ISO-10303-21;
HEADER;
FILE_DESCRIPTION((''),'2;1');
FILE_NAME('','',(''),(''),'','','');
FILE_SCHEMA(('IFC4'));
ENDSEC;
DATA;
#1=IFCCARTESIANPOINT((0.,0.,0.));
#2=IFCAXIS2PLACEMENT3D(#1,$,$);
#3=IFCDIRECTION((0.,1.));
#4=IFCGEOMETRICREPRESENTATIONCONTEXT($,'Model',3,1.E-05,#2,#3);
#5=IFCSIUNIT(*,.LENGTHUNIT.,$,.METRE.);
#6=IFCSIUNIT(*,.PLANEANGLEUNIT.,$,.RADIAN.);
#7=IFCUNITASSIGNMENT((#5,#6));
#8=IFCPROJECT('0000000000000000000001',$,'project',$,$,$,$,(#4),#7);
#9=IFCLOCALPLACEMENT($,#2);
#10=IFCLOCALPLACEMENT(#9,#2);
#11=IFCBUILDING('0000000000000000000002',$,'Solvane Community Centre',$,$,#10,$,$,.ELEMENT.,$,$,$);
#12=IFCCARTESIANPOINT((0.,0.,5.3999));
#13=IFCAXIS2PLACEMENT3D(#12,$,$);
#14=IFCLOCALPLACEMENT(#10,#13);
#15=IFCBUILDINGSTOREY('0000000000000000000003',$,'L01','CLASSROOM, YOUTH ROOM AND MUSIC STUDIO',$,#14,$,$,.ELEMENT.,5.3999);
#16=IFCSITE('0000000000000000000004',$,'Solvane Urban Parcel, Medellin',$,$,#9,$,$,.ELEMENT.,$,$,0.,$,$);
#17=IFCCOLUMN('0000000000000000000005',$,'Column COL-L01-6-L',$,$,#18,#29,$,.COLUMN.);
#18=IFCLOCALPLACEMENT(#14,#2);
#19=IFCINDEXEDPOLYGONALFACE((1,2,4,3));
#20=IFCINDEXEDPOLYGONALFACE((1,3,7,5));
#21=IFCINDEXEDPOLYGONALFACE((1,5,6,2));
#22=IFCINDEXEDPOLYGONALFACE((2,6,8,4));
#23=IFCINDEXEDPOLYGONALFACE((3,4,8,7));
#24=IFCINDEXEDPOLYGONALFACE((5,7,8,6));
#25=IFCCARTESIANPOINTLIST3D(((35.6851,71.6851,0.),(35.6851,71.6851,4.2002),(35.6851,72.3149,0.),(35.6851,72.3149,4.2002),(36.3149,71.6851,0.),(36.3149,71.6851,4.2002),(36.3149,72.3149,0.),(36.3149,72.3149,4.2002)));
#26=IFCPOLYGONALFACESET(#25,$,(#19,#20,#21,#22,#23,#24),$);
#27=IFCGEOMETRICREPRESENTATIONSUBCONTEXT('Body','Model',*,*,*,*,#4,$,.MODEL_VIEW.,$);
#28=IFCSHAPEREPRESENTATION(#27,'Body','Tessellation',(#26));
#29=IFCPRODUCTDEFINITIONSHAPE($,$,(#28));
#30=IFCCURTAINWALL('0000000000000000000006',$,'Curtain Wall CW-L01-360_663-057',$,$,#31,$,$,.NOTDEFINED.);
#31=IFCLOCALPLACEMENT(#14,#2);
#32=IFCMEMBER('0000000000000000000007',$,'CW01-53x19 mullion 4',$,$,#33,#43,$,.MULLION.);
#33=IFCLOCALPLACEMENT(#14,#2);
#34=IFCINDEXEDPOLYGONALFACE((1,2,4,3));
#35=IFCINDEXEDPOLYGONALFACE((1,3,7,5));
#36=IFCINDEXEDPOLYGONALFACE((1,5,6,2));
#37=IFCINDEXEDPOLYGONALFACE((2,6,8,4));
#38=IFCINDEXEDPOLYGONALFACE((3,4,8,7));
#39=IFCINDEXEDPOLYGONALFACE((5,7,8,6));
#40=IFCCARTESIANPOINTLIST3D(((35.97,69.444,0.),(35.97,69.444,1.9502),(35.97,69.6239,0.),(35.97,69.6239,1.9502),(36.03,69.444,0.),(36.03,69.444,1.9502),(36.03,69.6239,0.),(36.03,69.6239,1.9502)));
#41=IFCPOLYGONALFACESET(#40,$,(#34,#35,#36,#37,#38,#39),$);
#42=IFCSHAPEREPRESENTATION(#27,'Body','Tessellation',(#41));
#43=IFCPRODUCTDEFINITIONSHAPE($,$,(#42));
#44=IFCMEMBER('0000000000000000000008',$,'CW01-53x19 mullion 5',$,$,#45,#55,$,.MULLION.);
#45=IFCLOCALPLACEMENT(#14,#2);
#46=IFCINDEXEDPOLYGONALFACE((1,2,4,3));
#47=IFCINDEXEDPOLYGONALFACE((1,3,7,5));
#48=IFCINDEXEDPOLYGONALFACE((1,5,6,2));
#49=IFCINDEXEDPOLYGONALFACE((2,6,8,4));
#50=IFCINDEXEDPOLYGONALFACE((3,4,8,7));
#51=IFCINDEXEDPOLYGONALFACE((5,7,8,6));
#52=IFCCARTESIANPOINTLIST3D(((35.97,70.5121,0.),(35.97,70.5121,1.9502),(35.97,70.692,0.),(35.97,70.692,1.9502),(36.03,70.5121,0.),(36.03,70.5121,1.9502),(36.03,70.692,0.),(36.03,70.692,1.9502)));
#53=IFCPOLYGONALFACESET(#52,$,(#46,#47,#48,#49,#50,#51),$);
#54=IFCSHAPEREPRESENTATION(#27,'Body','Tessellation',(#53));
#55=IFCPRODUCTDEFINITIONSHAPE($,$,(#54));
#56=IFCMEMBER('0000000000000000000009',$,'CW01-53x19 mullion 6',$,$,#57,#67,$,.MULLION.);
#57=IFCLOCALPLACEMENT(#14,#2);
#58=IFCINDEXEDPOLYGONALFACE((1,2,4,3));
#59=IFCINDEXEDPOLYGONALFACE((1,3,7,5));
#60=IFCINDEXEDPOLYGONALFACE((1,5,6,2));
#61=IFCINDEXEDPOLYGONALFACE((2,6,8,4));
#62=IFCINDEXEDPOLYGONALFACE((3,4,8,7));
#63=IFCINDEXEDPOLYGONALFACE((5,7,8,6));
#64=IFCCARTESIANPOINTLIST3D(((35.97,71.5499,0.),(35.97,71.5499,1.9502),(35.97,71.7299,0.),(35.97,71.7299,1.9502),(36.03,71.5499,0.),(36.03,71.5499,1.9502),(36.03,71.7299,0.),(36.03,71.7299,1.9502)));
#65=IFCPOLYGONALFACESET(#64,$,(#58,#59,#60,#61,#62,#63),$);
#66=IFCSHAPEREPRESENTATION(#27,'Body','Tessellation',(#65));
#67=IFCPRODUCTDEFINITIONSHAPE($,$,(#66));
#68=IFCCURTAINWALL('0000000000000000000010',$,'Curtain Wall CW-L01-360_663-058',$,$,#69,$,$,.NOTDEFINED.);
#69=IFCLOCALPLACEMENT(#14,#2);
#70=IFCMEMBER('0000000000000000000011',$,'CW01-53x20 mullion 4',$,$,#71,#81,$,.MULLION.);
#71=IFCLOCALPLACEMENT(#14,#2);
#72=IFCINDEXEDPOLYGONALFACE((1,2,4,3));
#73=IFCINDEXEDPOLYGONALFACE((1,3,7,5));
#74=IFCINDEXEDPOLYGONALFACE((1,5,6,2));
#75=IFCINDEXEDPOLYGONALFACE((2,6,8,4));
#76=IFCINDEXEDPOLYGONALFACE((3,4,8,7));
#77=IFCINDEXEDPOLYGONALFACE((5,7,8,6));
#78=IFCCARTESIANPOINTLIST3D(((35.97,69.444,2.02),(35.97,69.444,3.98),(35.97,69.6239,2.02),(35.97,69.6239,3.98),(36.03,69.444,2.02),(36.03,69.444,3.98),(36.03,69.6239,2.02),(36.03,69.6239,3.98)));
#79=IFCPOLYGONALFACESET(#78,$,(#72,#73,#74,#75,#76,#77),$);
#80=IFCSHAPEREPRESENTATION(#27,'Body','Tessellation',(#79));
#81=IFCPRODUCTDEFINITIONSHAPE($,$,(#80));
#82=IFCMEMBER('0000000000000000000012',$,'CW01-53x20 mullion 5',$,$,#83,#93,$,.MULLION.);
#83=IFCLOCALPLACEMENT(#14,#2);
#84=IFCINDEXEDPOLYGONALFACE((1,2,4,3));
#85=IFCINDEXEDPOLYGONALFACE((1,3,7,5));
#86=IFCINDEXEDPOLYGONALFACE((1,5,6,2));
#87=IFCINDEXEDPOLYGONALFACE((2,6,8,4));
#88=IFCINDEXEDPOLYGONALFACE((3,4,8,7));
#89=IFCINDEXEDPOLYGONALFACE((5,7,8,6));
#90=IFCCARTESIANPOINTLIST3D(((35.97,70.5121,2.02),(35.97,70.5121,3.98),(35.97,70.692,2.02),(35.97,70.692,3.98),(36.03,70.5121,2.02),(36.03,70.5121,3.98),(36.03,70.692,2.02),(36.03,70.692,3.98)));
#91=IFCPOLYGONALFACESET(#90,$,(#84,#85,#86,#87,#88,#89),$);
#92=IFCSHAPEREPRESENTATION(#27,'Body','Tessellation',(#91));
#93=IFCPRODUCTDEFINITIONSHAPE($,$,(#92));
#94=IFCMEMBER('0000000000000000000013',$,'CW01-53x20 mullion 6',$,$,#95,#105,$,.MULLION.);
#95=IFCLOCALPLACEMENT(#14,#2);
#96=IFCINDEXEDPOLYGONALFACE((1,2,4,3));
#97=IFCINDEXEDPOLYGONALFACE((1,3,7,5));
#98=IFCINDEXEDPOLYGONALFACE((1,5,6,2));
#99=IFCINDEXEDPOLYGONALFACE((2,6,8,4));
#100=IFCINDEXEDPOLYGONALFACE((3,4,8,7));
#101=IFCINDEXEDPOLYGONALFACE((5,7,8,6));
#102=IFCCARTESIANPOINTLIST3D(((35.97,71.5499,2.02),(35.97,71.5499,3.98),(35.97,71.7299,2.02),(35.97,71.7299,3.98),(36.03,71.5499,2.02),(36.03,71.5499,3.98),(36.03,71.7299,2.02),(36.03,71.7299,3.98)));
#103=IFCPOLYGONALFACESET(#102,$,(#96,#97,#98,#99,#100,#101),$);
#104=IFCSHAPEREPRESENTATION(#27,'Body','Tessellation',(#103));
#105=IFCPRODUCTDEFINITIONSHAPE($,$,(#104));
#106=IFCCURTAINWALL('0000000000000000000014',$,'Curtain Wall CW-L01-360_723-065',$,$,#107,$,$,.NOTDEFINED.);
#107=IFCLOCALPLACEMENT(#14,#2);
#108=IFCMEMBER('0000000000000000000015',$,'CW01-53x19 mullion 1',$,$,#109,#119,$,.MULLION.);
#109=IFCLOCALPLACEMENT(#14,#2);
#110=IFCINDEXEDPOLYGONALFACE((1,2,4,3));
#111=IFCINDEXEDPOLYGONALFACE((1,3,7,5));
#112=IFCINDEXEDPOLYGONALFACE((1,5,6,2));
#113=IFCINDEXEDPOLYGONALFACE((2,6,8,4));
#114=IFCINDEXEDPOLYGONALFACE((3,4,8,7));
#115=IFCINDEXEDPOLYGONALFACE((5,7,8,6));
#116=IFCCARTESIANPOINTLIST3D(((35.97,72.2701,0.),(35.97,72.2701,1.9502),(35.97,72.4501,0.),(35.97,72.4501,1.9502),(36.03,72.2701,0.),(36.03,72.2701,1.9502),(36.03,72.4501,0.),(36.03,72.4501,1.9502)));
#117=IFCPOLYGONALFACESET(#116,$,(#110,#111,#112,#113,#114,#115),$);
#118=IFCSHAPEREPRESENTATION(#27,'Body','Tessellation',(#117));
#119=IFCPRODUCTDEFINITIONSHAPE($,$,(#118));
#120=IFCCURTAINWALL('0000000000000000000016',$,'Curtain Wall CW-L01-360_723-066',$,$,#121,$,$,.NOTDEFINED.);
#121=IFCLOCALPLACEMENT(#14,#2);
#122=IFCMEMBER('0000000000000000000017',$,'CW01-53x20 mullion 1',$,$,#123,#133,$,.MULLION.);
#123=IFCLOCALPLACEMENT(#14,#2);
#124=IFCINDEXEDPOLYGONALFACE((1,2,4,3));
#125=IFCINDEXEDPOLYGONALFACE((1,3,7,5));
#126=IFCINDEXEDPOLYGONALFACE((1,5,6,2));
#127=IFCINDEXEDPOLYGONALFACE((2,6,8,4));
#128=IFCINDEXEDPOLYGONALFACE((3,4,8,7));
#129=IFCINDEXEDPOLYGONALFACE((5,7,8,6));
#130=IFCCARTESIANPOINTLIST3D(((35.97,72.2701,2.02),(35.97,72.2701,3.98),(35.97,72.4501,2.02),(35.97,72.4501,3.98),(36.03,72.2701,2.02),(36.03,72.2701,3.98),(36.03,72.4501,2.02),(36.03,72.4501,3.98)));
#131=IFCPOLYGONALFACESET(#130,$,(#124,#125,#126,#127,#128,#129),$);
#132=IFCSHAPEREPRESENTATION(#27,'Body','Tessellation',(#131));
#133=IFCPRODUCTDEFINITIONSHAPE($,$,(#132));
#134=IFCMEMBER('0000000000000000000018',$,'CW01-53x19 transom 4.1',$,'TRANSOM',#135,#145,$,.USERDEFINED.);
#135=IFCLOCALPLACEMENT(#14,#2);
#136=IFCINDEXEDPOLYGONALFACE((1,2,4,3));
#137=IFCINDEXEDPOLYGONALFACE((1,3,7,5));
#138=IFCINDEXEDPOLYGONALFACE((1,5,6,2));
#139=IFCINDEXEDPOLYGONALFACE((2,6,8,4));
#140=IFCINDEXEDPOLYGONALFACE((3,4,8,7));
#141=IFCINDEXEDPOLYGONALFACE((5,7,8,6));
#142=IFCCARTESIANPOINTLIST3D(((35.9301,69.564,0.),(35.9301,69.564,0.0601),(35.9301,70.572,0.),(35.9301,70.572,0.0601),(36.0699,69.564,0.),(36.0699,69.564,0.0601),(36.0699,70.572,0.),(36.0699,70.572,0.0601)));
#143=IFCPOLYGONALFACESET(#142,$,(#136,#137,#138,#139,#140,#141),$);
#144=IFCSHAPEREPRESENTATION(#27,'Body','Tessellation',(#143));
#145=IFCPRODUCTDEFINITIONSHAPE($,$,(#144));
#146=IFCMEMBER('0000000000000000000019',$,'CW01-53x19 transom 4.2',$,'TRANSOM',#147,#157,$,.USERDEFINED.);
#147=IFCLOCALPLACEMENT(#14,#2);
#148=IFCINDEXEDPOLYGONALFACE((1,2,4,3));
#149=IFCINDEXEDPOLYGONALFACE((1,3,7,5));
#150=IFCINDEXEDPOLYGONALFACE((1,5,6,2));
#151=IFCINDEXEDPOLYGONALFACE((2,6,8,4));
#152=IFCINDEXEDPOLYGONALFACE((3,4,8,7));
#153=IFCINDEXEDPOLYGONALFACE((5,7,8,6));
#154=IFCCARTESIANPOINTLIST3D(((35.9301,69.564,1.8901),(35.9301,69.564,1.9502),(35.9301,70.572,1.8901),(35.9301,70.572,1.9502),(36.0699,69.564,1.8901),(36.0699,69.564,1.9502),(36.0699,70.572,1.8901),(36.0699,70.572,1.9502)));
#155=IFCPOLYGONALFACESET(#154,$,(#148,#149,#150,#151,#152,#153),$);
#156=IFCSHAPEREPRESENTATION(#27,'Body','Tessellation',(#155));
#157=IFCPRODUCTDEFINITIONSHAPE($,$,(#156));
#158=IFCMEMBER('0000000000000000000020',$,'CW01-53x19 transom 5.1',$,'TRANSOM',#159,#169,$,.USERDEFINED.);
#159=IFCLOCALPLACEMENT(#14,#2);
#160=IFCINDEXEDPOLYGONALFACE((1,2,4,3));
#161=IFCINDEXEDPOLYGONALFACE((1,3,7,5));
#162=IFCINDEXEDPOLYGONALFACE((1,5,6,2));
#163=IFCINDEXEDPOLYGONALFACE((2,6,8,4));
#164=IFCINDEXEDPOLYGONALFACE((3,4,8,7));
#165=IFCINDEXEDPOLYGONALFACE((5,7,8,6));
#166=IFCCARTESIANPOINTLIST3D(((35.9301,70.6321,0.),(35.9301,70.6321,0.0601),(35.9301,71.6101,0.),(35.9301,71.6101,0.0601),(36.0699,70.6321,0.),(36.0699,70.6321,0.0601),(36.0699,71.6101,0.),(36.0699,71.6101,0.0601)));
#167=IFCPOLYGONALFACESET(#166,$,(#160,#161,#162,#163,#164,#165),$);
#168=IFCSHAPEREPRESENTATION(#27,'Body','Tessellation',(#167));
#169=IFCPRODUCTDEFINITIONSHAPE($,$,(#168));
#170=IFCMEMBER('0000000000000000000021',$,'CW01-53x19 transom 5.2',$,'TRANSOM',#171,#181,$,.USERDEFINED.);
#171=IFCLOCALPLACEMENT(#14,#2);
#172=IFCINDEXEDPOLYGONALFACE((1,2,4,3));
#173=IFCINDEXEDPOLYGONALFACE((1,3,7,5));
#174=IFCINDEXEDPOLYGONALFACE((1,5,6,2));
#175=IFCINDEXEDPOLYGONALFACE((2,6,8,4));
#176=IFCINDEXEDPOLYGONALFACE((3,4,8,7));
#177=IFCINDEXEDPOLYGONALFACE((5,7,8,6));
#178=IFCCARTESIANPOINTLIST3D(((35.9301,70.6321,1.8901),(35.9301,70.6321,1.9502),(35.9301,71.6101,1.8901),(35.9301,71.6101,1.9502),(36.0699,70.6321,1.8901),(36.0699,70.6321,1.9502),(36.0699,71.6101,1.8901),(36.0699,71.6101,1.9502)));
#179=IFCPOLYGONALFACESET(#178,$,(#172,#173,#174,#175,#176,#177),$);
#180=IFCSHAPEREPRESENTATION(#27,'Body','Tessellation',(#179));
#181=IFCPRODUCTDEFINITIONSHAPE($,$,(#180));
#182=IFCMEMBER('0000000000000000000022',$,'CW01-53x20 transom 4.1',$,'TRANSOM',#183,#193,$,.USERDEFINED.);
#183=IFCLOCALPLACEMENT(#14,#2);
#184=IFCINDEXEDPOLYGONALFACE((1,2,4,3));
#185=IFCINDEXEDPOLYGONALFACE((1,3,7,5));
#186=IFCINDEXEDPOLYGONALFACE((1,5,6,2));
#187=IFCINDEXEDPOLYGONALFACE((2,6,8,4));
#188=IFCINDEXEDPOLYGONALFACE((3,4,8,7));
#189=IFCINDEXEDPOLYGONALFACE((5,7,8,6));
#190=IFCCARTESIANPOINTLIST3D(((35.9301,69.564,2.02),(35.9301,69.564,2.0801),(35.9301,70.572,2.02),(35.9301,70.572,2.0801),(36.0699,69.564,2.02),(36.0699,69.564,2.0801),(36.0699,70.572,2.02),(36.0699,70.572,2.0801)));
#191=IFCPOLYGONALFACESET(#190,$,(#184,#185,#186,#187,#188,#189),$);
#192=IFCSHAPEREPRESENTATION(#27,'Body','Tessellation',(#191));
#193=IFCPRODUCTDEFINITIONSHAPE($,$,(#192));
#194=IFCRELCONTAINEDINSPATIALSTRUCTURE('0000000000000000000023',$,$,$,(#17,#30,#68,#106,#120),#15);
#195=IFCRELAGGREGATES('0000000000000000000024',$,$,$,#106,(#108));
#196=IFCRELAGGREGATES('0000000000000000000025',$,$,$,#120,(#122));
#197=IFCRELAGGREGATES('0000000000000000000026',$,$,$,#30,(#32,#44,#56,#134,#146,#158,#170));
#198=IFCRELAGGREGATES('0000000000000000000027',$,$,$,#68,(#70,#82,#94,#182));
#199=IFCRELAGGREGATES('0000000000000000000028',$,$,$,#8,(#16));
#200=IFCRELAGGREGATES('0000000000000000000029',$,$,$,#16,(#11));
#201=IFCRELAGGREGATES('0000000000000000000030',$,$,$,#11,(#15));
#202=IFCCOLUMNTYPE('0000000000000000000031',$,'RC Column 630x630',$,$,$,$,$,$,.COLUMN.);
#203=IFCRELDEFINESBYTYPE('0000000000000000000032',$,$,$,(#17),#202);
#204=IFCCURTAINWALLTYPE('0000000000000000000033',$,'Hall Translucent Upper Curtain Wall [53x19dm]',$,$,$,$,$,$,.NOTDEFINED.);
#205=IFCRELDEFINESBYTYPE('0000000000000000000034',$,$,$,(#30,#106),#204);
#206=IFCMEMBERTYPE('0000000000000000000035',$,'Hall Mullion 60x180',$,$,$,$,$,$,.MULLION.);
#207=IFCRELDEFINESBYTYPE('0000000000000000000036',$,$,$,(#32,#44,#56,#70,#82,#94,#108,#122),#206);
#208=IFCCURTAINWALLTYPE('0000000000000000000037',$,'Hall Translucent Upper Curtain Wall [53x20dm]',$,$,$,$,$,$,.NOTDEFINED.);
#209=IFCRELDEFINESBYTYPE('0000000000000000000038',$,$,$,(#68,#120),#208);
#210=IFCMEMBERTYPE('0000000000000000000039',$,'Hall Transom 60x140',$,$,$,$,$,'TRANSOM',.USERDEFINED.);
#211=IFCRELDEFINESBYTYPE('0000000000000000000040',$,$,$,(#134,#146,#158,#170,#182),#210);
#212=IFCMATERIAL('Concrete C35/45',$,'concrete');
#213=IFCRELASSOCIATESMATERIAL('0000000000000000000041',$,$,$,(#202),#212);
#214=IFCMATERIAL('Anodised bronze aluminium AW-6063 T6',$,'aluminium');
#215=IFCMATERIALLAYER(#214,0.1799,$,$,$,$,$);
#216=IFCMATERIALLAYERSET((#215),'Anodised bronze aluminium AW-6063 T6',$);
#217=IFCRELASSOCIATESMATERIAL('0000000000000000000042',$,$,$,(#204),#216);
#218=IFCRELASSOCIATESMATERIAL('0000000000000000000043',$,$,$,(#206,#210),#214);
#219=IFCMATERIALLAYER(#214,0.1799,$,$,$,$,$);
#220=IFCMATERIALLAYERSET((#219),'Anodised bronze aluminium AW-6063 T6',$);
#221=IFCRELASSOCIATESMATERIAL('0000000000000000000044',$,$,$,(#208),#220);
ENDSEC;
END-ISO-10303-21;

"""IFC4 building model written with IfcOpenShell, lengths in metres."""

from ifc_helpers import new_model, si_unit, direction, frame, origin, origin_2d, place, context, subcontext, project, spatial, rectangle, extrude, material, layer, layer_set, material_profile, profile_set, type_object, element, aggregate, save


model = new_model("IFC4")

# Units and contexts
model_context = context("Model", 3, precision=1e-05, world=origin(), true_north=direction((0.0, 1.0)))
body_context = subcontext(model_context, "Body", "Model", "MODEL_VIEW")
ifc_project = project(units=[si_unit("LENGTHUNIT", "METRE"), si_unit("PLANEANGLEUNIT", "RADIAN")], contexts=[model_context])

# Site, building, storey
site_placement = place(None, origin())
site = spatial("IfcSite", under=ifc_project, at=site_placement, Name="Solvane Urban Parcel, Medellin", CompositionType="ELEMENT", RefElevation=0.0)
building_placement = place(site_placement, origin())
building = spatial("IfcBuilding", under=site, at=building_placement, Name="Solvane Community Centre", CompositionType="ELEMENT")
storey_placement = place(building_placement, frame((0.0, 0.0, 5.3999)))
storey = spatial("IfcBuildingStorey", under=building, at=storey_placement, Name="L01", Description="CLASSROOM, YOUTH ROOM AND MUSIC STUDIO", CompositionType="ELEMENT", Elevation=5.3999)

# Column
ifc_material_1 = material(Name="Concrete C35/45", Category="concrete")
ifc_material_profile_1 = material_profile(ifc_material_1, rectangle(XDim=0.6299, YDim=0.6299, at=origin_2d()), Name="RC 630x630")
ifc_profile_set_1 = profile_set([ifc_material_profile_1], Name="Concrete C35/45")
column_type = type_object("IfcColumnType", Name="RC Column 630x630", PredefinedType="COLUMN", material=ifc_profile_set_1)
column_placement = place(storey_placement, frame((36.0, 72.0, 0.0), z_axis=(0.0, 0.0, 1.0), x_axis=(1.0, 0.0, 0.0)))
element("IfcColumn", 1, at=column_placement, inside=storey, type_object=column_type, Name="Column COL-L01-6-L", PredefinedType="COLUMN", context=body_context, shape_type="SweptSolid", body=[
    extrude(rectangle(XDim=0.6299, YDim=0.6299, at=origin_2d()), origin(), (0.0, 0.0, 1.0), 4.2002),
])

# Curtain walls, members
ifc_material_2 = material(Name="Anodised bronze aluminium AW-6063 T6", Category="aluminium")
ifc_layer_1 = layer(ifc_material_2, 0.1799)
ifc_layer_set_1 = layer_set([ifc_layer_1], Name="Anodised bronze aluminium AW-6063 T6")
curtain_wall_type_1 = type_object("IfcCurtainWallType", Name="Hall Translucent Upper Curtain Wall [53x19dm]", PredefinedType="NOTDEFINED", material=ifc_layer_set_1)
curtain_wall_1_placement = place(storey_placement, origin())
curtain_wall_1 = element("IfcCurtainWall", 2, at=curtain_wall_1_placement, inside=storey, type_object=curtain_wall_type_1, Name="Curtain Wall CW-L01-360_663-057", PredefinedType="NOTDEFINED")
ifc_material_profile_2 = material_profile(ifc_material_2, rectangle(XDim=0.0601, YDim=0.1799, at=origin_2d()), Name="CW-M 60x180")
ifc_profile_set_2 = profile_set([ifc_material_profile_2], Name="Anodised bronze aluminium AW-6063 T6")
member_type_1 = type_object("IfcMemberType", Name="Hall Mullion 60x180", PredefinedType="MULLION", material=ifc_profile_set_2)
member_1_placement = place(storey_placement, frame((36.0, 69.5339, 0.0), z_axis=(0.0, 0.0, 1.0), x_axis=(-1.0, 0.0, 0.0)))
member_1 = element("IfcMember", 3, at=member_1_placement, type_object=member_type_1, Name="CW01-53x19 mullion 4", PredefinedType="MULLION", context=body_context, shape_type="SweptSolid", body=[
    extrude(rectangle(XDim=0.0601, YDim=0.1799, at=origin_2d()), origin(), (0.0, 0.0, 1.0), 1.9502),
])
member_2_placement = place(storey_placement, frame((36.0, 70.6021, 0.0), z_axis=(0.0, 0.0, 1.0), x_axis=(-1.0, 0.0, 0.0)))
member_2 = element("IfcMember", 4, at=member_2_placement, type_object=member_type_1, Name="CW01-53x19 mullion 5", PredefinedType="MULLION", context=body_context, shape_type="SweptSolid", body=[
    extrude(rectangle(XDim=0.0601, YDim=0.1799, at=origin_2d()), origin(), (0.0, 0.0, 1.0), 1.9502),
])
member_3_placement = place(storey_placement, frame((36.0, 71.6399, 0.0), z_axis=(0.0, 0.0, 1.0), x_axis=(-1.0, 0.0, 0.0)))
member_3 = element("IfcMember", 5, at=member_3_placement, type_object=member_type_1, Name="CW01-53x19 mullion 6", PredefinedType="MULLION", context=body_context, shape_type="SweptSolid", body=[
    extrude(rectangle(XDim=0.0601, YDim=0.1799, at=origin_2d()), origin(), (0.0, 0.0, 1.0), 1.9502),
])
ifc_layer_2 = layer(ifc_material_2, 0.1799)
ifc_layer_set_2 = layer_set([ifc_layer_2], Name="Anodised bronze aluminium AW-6063 T6")
curtain_wall_type_2 = type_object("IfcCurtainWallType", Name="Hall Translucent Upper Curtain Wall [53x20dm]", PredefinedType="NOTDEFINED", material=ifc_layer_set_2)
curtain_wall_2_placement = place(storey_placement, origin())
curtain_wall_2 = element("IfcCurtainWall", 6, at=curtain_wall_2_placement, inside=storey, type_object=curtain_wall_type_2, Name="Curtain Wall CW-L01-360_663-058", PredefinedType="NOTDEFINED")
member_4_placement = place(storey_placement, frame((36.0, 69.5339, 2.02), z_axis=(0.0, 0.0, 1.0), x_axis=(-1.0, 0.0, 0.0)))
member_4 = element("IfcMember", 7, at=member_4_placement, type_object=member_type_1, Name="CW01-53x20 mullion 4", PredefinedType="MULLION", context=body_context, shape_type="SweptSolid", body=[
    extrude(rectangle(XDim=0.0601, YDim=0.1799, at=origin_2d()), origin(), (0.0, 0.0, 1.0), 1.96),
])
member_5_placement = place(storey_placement, frame((36.0, 70.6021, 2.02), z_axis=(0.0, 0.0, 1.0), x_axis=(-1.0, 0.0, 0.0)))
member_5 = element("IfcMember", 8, at=member_5_placement, type_object=member_type_1, Name="CW01-53x20 mullion 5", PredefinedType="MULLION", context=body_context, shape_type="SweptSolid", body=[
    extrude(rectangle(XDim=0.0601, YDim=0.1799, at=origin_2d()), origin(), (0.0, 0.0, 1.0), 1.96),
])
member_6_placement = place(storey_placement, frame((36.0, 71.6399, 2.02), z_axis=(0.0, 0.0, 1.0), x_axis=(-1.0, 0.0, 0.0)))
member_6 = element("IfcMember", 9, at=member_6_placement, type_object=member_type_1, Name="CW01-53x20 mullion 6", PredefinedType="MULLION", context=body_context, shape_type="SweptSolid", body=[
    extrude(rectangle(XDim=0.0601, YDim=0.1799, at=origin_2d()), origin(), (0.0, 0.0, 1.0), 1.96),
])

# Curtain walls, members
curtain_wall_3_placement = place(storey_placement, origin())
curtain_wall_3 = element("IfcCurtainWall", 10, at=curtain_wall_3_placement, inside=storey, type_object=curtain_wall_type_1, Name="Curtain Wall CW-L01-360_723-065", PredefinedType="NOTDEFINED")
member_7_placement = place(storey_placement, frame((36.0, 72.3601, 0.0), z_axis=(0.0, 0.0, 1.0), x_axis=(-1.0, 0.0, 0.0)))
member_7 = element("IfcMember", 11, at=member_7_placement, type_object=member_type_1, Name="CW01-53x19 mullion 1", PredefinedType="MULLION", context=body_context, shape_type="SweptSolid", body=[
    extrude(rectangle(XDim=0.0601, YDim=0.1799, at=origin_2d()), origin(), (0.0, 0.0, 1.0), 1.9502),
])
curtain_wall_4_placement = place(storey_placement, origin())
curtain_wall_4 = element("IfcCurtainWall", 12, at=curtain_wall_4_placement, inside=storey, type_object=curtain_wall_type_2, Name="Curtain Wall CW-L01-360_723-066", PredefinedType="NOTDEFINED")
member_8_placement = place(storey_placement, frame((36.0, 72.3601, 2.02), z_axis=(0.0, 0.0, 1.0), x_axis=(-1.0, 0.0, 0.0)))
member_8 = element("IfcMember", 13, at=member_8_placement, type_object=member_type_1, Name="CW01-53x20 mullion 1", PredefinedType="MULLION", context=body_context, shape_type="SweptSolid", body=[
    extrude(rectangle(XDim=0.0601, YDim=0.1799, at=origin_2d()), origin(), (0.0, 0.0, 1.0), 1.96),
])

# Members
ifc_material_profile_3 = material_profile(ifc_material_2, rectangle(XDim=0.1399, YDim=0.0601, at=origin_2d()), Name="CW-T 60x140")
ifc_profile_set_3 = profile_set([ifc_material_profile_3], Name="Anodised bronze aluminium AW-6063 T6")
member_type_2 = type_object("IfcMemberType", Name="Hall Transom 60x140", ElementType="TRANSOM", PredefinedType="USERDEFINED", material=ifc_profile_set_3)
member_9_placement = place(storey_placement, frame((36.0, 69.564, 0.03), z_axis=(0.0, 1.0, 0.0), x_axis=(-1.0, 0.0, 0.0)))
member_9 = element("IfcMember", 14, at=member_9_placement, type_object=member_type_2, Name="CW01-53x19 transom 4.1", ObjectType="TRANSOM", PredefinedType="USERDEFINED", context=body_context, shape_type="SweptSolid", body=[
    extrude(rectangle(XDim=0.1399, YDim=0.0601, at=origin_2d()), origin(), (0.0, 0.0, 1.0), 1.0081),
])
member_10_placement = place(storey_placement, frame((36.0, 69.564, 1.9202), z_axis=(0.0, 1.0, 0.0), x_axis=(-1.0, 0.0, 0.0)))
member_10 = element("IfcMember", 15, at=member_10_placement, type_object=member_type_2, Name="CW01-53x19 transom 4.2", ObjectType="TRANSOM", PredefinedType="USERDEFINED", context=body_context, shape_type="SweptSolid", body=[
    extrude(rectangle(XDim=0.1399, YDim=0.0601, at=origin_2d()), origin(), (0.0, 0.0, 1.0), 1.0081),
])
member_11_placement = place(storey_placement, frame((36.0, 70.6321, 0.03), z_axis=(0.0, 1.0, 0.0), x_axis=(-1.0, 0.0, 0.0)))
member_11 = element("IfcMember", 16, at=member_11_placement, type_object=member_type_2, Name="CW01-53x19 transom 5.1", ObjectType="TRANSOM", PredefinedType="USERDEFINED", context=body_context, shape_type="SweptSolid", body=[
    extrude(rectangle(XDim=0.1399, YDim=0.0601, at=origin_2d()), origin(), (0.0, 0.0, 1.0), 0.978),
])
member_12_placement = place(storey_placement, frame((36.0, 70.6321, 1.9202), z_axis=(0.0, 1.0, 0.0), x_axis=(-1.0, 0.0, 0.0)))
member_12 = element("IfcMember", 17, at=member_12_placement, type_object=member_type_2, Name="CW01-53x19 transom 5.2", ObjectType="TRANSOM", PredefinedType="USERDEFINED", context=body_context, shape_type="SweptSolid", body=[
    extrude(rectangle(XDim=0.1399, YDim=0.0601, at=origin_2d()), origin(), (0.0, 0.0, 1.0), 0.978),
])
member_13_placement = place(storey_placement, frame((36.0, 69.564, 2.05), z_axis=(0.0, 1.0, 0.0), x_axis=(-1.0, 0.0, 0.0)))
member_13 = element("IfcMember", 18, at=member_13_placement, type_object=member_type_2, Name="CW01-53x20 transom 4.1", ObjectType="TRANSOM", PredefinedType="USERDEFINED", context=body_context, shape_type="SweptSolid", body=[
    extrude(rectangle(XDim=0.1399, YDim=0.0601, at=origin_2d()), origin(), (0.0, 0.0, 1.0), 1.0081),
])
aggregate(curtain_wall_3, [member_7])
aggregate(curtain_wall_4, [member_8])

aggregate(curtain_wall_1, [member_1, member_2, member_3, member_9, member_10, member_11, member_12])
aggregate(curtain_wall_2, [member_4, member_5, member_6, member_13])

save(model, "model.ifc")
